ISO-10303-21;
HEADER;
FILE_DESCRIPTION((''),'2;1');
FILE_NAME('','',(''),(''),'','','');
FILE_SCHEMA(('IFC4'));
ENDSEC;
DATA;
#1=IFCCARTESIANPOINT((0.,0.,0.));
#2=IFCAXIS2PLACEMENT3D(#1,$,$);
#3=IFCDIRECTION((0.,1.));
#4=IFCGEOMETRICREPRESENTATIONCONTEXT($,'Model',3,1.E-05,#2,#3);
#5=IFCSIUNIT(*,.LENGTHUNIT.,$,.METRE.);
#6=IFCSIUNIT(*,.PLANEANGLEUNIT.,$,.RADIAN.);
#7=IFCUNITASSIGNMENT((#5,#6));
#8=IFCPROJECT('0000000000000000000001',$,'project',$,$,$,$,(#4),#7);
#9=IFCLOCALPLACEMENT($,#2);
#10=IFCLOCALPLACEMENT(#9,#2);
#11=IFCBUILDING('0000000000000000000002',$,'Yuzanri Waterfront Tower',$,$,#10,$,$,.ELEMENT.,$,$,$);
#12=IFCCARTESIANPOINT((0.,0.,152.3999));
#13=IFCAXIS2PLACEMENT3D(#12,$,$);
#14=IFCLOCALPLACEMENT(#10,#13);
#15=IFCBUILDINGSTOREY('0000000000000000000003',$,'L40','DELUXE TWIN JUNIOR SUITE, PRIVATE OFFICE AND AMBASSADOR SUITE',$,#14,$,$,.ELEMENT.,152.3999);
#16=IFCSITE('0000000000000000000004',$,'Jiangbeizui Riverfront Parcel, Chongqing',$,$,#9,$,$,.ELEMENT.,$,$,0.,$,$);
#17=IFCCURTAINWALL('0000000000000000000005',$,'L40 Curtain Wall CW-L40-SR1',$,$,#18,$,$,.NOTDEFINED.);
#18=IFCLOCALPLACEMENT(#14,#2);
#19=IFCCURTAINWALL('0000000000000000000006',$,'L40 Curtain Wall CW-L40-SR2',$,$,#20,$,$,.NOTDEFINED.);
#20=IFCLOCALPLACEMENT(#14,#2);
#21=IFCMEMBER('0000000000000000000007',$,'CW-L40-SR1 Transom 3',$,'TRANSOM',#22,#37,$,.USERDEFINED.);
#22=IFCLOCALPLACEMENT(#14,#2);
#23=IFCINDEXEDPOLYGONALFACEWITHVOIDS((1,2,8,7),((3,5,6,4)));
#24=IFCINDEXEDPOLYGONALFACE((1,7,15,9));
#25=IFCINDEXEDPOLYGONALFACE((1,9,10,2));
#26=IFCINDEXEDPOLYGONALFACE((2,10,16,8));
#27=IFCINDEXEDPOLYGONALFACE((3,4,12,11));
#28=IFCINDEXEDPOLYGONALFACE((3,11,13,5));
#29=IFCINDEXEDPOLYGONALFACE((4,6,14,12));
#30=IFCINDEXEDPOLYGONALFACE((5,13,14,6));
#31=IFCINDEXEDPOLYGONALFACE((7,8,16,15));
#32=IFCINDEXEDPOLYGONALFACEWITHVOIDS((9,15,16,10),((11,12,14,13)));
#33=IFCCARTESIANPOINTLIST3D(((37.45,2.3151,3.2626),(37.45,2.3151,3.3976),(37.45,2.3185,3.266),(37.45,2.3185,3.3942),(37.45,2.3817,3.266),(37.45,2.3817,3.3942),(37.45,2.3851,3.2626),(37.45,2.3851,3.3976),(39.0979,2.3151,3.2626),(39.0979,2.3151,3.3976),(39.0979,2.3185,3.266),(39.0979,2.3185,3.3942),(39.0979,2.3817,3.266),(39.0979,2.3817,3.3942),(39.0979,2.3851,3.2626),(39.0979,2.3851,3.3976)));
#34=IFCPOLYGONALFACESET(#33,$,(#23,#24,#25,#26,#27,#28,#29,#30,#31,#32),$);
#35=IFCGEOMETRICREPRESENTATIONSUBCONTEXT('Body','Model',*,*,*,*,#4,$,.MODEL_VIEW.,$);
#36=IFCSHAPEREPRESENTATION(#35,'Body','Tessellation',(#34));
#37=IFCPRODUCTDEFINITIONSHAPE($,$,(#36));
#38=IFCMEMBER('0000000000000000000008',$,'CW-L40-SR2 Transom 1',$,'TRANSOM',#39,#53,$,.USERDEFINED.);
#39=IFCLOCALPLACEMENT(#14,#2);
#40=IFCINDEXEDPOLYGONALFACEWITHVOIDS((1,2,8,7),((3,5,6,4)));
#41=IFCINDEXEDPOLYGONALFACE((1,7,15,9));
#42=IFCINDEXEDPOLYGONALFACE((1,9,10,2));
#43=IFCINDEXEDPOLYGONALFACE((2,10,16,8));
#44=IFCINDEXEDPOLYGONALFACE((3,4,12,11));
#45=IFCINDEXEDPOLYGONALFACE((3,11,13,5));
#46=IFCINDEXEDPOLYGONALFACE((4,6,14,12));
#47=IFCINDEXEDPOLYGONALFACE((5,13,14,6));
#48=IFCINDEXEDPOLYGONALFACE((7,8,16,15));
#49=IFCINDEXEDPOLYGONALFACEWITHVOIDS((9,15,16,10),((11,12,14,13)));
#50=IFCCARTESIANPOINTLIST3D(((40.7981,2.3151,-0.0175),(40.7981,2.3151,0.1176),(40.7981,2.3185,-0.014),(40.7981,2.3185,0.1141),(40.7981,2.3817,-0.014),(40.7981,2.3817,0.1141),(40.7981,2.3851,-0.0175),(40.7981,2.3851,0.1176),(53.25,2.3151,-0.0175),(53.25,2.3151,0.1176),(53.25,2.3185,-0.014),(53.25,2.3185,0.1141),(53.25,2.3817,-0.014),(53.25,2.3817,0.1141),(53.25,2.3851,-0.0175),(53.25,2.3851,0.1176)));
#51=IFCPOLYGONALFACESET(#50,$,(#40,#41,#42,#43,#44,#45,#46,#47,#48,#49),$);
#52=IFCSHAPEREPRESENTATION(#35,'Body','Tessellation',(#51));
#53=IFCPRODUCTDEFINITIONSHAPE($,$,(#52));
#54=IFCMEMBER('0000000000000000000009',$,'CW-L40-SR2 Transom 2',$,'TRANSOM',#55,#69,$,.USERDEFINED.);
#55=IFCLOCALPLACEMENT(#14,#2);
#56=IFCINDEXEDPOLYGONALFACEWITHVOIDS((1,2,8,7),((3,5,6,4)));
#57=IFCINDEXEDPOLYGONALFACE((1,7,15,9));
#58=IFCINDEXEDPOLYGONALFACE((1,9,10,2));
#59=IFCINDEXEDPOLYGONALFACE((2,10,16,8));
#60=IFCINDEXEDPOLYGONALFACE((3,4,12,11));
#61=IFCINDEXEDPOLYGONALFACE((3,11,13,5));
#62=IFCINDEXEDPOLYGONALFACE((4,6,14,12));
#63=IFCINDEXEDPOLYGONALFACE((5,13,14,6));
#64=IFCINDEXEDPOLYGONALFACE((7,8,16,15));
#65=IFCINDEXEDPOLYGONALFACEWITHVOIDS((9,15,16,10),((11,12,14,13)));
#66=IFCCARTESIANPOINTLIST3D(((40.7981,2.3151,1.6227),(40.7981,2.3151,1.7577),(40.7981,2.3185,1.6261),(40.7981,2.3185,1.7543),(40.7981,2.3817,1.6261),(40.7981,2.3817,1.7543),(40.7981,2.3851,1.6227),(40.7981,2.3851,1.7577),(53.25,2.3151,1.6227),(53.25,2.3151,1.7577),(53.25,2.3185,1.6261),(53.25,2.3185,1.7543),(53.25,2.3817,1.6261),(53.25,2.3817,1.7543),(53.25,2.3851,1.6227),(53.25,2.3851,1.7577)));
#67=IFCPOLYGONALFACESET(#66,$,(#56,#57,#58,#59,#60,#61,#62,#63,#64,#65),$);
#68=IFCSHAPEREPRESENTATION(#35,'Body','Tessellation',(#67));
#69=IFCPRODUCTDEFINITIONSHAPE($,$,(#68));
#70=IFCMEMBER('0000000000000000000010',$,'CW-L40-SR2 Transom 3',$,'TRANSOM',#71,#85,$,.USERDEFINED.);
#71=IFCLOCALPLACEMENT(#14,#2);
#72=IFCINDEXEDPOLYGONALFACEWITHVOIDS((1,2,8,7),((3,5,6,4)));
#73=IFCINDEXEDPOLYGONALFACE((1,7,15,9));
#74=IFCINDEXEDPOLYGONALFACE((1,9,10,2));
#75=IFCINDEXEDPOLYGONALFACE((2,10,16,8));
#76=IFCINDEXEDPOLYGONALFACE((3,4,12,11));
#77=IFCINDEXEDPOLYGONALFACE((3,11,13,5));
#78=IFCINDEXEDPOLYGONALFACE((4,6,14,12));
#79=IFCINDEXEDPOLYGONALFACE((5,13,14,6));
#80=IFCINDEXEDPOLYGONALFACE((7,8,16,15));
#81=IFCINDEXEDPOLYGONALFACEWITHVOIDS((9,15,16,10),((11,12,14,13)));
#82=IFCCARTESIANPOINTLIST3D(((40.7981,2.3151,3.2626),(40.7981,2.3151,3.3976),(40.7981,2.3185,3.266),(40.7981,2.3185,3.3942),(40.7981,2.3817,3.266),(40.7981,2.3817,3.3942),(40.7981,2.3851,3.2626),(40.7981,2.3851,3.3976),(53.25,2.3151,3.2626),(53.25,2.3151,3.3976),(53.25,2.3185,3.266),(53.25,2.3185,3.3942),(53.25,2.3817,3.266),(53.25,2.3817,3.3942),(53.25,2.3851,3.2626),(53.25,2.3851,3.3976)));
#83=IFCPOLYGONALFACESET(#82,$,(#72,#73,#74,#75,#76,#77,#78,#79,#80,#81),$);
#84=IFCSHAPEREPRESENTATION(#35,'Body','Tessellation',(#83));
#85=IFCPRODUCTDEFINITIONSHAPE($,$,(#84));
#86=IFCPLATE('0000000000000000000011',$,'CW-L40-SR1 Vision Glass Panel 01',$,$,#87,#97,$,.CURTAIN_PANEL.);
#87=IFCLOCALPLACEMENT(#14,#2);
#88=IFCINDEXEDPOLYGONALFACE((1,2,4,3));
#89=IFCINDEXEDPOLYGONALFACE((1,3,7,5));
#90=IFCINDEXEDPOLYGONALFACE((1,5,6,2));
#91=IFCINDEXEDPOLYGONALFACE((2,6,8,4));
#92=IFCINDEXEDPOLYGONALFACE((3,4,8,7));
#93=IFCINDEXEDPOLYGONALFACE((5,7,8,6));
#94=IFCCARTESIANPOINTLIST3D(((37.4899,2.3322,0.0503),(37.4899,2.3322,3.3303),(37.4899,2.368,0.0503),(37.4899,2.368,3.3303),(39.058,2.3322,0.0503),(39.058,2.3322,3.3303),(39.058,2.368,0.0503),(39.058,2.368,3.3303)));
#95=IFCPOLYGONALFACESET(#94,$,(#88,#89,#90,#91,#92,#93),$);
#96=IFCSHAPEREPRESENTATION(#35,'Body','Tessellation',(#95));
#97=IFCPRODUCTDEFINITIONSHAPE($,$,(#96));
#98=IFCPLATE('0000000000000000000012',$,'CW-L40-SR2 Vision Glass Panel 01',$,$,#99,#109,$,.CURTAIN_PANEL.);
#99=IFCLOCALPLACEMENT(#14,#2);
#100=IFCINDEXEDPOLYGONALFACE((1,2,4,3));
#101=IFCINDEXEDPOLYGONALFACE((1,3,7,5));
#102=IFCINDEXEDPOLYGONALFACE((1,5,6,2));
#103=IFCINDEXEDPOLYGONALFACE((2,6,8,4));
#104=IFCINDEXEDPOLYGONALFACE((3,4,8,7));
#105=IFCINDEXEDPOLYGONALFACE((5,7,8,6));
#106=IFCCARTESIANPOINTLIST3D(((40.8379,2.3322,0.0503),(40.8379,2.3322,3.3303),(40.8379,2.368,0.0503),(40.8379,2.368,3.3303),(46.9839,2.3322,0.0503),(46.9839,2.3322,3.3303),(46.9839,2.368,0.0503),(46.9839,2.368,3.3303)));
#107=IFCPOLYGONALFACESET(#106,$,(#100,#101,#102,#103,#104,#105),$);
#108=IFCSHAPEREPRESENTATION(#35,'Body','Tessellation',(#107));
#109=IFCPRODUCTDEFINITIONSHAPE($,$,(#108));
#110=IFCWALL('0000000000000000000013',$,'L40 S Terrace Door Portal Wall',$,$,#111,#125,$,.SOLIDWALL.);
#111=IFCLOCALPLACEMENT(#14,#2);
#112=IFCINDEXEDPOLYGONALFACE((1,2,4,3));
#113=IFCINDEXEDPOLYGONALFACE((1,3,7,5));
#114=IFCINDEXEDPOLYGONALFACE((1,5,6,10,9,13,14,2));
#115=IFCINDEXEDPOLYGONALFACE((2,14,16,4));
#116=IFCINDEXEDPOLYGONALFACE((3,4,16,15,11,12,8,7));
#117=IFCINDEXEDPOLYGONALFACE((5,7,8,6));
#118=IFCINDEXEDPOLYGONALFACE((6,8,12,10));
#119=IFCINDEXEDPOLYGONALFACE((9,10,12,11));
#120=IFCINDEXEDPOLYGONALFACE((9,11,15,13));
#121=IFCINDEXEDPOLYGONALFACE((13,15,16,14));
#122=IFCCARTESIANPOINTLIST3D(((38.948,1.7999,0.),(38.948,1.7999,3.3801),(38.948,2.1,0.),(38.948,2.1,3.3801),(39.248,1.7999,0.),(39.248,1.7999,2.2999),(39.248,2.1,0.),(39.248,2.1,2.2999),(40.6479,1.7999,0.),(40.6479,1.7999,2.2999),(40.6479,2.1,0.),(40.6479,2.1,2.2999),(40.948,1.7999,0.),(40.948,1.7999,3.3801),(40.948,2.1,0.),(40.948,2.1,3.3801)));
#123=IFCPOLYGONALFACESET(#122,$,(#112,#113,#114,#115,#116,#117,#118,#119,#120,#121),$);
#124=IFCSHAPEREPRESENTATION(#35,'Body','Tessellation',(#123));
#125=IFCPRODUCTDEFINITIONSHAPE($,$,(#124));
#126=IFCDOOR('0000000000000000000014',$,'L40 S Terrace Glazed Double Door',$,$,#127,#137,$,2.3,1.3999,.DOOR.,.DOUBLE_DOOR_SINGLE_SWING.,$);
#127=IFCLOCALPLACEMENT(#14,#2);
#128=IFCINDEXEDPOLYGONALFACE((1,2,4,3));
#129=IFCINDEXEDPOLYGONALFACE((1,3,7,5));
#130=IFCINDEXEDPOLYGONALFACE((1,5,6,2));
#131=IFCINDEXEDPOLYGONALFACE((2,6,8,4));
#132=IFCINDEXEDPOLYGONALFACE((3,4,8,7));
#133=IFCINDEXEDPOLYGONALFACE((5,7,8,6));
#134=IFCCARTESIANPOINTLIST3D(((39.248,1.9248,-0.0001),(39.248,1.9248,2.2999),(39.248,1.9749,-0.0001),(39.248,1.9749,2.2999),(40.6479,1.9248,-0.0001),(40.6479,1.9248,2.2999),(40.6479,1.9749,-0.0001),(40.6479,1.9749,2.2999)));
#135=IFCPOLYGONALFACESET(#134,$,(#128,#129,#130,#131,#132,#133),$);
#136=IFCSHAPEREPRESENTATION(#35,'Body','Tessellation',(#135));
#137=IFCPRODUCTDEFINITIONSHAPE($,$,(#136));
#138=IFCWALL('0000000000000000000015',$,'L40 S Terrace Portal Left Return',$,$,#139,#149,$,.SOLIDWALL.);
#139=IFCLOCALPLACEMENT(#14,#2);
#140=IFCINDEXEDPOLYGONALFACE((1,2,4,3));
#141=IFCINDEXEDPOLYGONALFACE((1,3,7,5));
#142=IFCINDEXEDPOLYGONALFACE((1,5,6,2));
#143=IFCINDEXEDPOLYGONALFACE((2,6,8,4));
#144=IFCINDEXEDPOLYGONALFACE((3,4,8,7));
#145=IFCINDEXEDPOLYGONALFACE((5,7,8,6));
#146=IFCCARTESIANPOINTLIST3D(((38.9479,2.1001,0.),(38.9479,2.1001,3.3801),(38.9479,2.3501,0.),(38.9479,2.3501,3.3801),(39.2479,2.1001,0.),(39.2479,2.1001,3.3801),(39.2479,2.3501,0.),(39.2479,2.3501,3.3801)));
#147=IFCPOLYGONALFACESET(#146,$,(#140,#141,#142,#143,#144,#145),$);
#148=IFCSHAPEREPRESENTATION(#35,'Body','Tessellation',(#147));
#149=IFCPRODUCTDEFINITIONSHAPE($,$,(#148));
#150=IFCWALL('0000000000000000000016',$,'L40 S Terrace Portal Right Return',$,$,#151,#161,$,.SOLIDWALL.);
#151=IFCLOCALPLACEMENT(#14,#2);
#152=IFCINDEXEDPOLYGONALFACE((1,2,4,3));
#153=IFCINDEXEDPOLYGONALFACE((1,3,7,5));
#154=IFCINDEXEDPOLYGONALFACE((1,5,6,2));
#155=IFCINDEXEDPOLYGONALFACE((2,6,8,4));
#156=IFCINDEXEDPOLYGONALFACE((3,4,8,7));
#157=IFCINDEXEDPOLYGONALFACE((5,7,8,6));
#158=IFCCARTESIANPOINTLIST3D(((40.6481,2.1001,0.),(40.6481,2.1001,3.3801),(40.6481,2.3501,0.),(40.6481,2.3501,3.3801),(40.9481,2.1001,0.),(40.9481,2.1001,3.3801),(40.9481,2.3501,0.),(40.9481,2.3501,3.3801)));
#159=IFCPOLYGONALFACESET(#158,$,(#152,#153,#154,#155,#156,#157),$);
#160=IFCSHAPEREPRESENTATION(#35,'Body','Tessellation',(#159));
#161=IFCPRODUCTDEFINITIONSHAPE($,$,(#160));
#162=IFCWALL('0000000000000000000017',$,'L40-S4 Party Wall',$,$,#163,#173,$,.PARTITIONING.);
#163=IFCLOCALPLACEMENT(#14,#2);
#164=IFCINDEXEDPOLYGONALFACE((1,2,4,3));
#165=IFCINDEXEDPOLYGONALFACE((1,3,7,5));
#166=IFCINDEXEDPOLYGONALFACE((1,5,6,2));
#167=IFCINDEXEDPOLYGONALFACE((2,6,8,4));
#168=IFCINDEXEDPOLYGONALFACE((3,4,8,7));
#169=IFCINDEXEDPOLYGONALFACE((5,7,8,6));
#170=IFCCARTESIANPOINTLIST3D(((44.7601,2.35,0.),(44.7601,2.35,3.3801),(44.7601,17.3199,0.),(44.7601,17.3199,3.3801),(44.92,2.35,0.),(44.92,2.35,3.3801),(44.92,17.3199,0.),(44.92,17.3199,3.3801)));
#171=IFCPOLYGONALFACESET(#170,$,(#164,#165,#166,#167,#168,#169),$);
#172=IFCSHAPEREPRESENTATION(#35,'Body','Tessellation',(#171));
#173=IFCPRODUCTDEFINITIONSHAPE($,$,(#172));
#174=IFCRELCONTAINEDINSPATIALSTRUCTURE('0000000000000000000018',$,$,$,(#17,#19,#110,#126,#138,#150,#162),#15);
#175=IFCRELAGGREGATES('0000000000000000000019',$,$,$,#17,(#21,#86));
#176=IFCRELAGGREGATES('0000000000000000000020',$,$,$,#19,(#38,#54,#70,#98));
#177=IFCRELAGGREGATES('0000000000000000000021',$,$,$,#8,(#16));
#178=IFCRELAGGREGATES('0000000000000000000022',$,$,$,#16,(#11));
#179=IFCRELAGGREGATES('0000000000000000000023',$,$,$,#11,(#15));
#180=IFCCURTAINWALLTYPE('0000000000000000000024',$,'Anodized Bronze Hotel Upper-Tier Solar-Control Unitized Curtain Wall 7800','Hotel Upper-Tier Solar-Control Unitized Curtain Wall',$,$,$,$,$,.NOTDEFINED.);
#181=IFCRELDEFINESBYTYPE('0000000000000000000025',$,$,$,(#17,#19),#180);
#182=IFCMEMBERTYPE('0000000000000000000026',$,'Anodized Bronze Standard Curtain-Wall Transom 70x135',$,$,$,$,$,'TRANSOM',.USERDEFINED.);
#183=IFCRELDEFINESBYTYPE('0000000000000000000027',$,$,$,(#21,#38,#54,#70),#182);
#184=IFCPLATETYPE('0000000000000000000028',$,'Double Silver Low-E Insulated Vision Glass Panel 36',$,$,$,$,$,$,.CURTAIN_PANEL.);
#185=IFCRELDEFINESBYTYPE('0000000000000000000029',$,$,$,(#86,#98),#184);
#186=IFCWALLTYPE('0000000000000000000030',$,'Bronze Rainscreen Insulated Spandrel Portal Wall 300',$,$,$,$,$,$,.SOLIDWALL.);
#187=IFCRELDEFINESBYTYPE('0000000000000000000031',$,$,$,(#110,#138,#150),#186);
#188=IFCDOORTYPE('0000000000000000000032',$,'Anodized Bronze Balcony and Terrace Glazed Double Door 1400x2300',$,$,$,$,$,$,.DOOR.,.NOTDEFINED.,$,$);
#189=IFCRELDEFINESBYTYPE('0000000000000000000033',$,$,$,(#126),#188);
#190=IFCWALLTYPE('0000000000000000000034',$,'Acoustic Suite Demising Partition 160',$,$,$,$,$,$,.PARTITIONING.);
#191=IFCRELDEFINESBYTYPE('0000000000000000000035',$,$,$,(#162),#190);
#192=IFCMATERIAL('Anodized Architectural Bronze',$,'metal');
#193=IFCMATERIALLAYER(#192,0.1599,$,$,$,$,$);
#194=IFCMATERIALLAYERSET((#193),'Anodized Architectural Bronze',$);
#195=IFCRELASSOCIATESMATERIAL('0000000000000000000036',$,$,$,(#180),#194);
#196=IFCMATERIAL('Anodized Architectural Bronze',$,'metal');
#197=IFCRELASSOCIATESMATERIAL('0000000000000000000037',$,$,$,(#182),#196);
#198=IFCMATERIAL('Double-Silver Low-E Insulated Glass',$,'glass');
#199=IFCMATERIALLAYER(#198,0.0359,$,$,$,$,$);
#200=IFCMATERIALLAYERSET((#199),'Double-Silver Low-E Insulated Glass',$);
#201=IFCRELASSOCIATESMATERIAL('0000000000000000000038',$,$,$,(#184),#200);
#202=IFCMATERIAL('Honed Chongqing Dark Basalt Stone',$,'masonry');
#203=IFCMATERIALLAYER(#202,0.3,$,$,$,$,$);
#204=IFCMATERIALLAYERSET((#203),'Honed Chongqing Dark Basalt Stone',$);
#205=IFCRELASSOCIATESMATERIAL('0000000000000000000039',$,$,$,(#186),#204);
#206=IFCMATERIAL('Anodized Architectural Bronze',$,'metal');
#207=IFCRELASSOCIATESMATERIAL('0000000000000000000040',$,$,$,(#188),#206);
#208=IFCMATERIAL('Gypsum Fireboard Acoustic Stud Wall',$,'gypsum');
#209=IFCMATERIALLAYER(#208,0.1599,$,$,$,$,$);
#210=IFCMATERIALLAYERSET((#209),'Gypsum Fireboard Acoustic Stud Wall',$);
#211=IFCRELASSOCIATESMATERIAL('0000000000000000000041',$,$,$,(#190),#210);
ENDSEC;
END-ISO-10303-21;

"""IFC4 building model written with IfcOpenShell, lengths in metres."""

from ifc_helpers import new_model, si_unit, direction, frame, frame_2d, origin, origin_2d, place, context, subcontext, project, spatial, rectangle, hollow_rectangle, extrude, source, transform, mapped, material, layer, layer_set, material_profile, profile_set, type_object, element, fill, aggregate, save


model = new_model("IFC4")

# Units and contexts
model_context = context("Model", 3, precision=1e-05, world=origin(), true_north=direction((0.0, 1.0)))
body_context = subcontext(model_context, "Body", "Model", "MODEL_VIEW")
ifc_project = project(units=[si_unit("LENGTHUNIT", "METRE"), si_unit("PLANEANGLEUNIT", "RADIAN")], contexts=[model_context])

# Site, building, storey
site_placement = place(None, origin())
site = spatial("IfcSite", under=ifc_project, at=site_placement, Name="Jiangbeizui Riverfront Parcel, Chongqing", CompositionType="ELEMENT", RefElevation=0.0)
building_placement = place(site_placement, origin())
building = spatial("IfcBuilding", under=site, at=building_placement, Name="Yuzanri Waterfront Tower", CompositionType="ELEMENT")
storey_placement = place(building_placement, frame((0.0, 0.0, 152.3999)))
storey = spatial("IfcBuildingStorey", under=building, at=storey_placement, Name="L40", Description="DELUXE TWIN JUNIOR SUITE, PRIVATE OFFICE AND AMBASSADOR SUITE", CompositionType="ELEMENT", Elevation=152.3999)

# Curtain walls
ifc_material_1 = material(Name="Anodized Architectural Bronze", Category="metal")
ifc_layer_1 = layer(ifc_material_1, 0.1599)
ifc_layer_set_1 = layer_set([ifc_layer_1], Name="Anodized Architectural Bronze")
curtain_wall_type = type_object("IfcCurtainWallType", Name="Anodized Bronze Hotel Upper-Tier Solar-Control Unitized Curtain Wall 7800", Description="Hotel Upper-Tier Solar-Control Unitized Curtain Wall", PredefinedType="NOTDEFINED", material=ifc_layer_set_1)
curtain_wall_1_placement = place(storey_placement, origin())
curtain_wall_1 = element("IfcCurtainWall", 1, at=curtain_wall_1_placement, inside=storey, type_object=curtain_wall_type, Name="L40 Curtain Wall CW-L40-SR1", PredefinedType="NOTDEFINED")
curtain_wall_2_placement = place(storey_placement, origin())
curtain_wall_2 = element("IfcCurtainWall", 2, at=curtain_wall_2_placement, inside=storey, type_object=curtain_wall_type, Name="L40 Curtain Wall CW-L40-SR2", PredefinedType="NOTDEFINED")

# Members
ifc_material_2 = material(Name="Anodized Architectural Bronze", Category="metal")
ifc_material_profile_1 = material_profile(ifc_material_2, hollow_rectangle(XDim=0.0701, YDim=0.135, WallThickness=0.0034, at=origin_2d()), Name="CWT 70x135")
ifc_profile_set_1 = profile_set([ifc_material_profile_1], Name="Anodized Architectural Bronze")
member_type_1 = type_object("IfcMemberType", Name="Anodized Bronze Standard Curtain-Wall Transom 70x135", ElementType="TRANSOM", PredefinedType="USERDEFINED", material=ifc_profile_set_1)
shared_shape_1 = source(origin(), body_context, "Body", "SweptSolid", [
    extrude(hollow_rectangle(XDim=0.0701, YDim=0.135, WallThickness=0.0034, at=origin_2d()), origin(), (0.0, 0.0, 1.0), 1.6479),
])
member_1_placement = place(storey_placement, frame((37.45, 2.3501, 3.3301), z_axis=(1.0, 0.0, 0.0), x_axis=(0.0, 1.0, 0.0)))
member_1 = element("IfcMember", 3, at=member_1_placement, type_object=member_type_1, Name="CW-L40-SR1 Transom 3", ObjectType="TRANSOM", PredefinedType="USERDEFINED", context=body_context, shape_type="MappedRepresentation", body=[
    mapped(shared_shape_1, transform((0.0, 0.0, 0.0), scale=1.0)),
])
shared_shape_2 = source(origin(), body_context, "Body", "SweptSolid", [
    extrude(hollow_rectangle(XDim=0.0701, YDim=0.135, WallThickness=0.0034, at=origin_2d()), origin(), (0.0, 0.0, 1.0), 12.4519),
])
member_2_placement = place(storey_placement, frame((40.7981, 2.3501, 0.05), z_axis=(1.0, 0.0, 0.0), x_axis=(0.0, 1.0, 0.0)))
member_2 = element("IfcMember", 4, at=member_2_placement, type_object=member_type_1, Name="CW-L40-SR2 Transom 1", ObjectType="TRANSOM", PredefinedType="USERDEFINED", context=body_context, shape_type="MappedRepresentation", body=[
    mapped(shared_shape_2, transform((0.0, 0.0, 0.0), scale=1.0)),
])
member_3_placement = place(storey_placement, frame((40.7981, 2.3501, 1.6902), z_axis=(1.0, 0.0, 0.0), x_axis=(0.0, 1.0, 0.0)))
member_3 = element("IfcMember", 5, at=member_3_placement, type_object=member_type_1, Name="CW-L40-SR2 Transom 2", ObjectType="TRANSOM", PredefinedType="USERDEFINED", context=body_context, shape_type="MappedRepresentation", body=[
    mapped(shared_shape_2, transform((0.0, 0.0, 0.0), scale=1.0)),
])
member_4_placement = place(storey_placement, frame((40.7981, 2.3501, 3.3301), z_axis=(1.0, 0.0, 0.0), x_axis=(0.0, 1.0, 0.0)))
member_4 = element("IfcMember", 6, at=member_4_placement, type_object=member_type_1, Name="CW-L40-SR2 Transom 3", ObjectType="TRANSOM", PredefinedType="USERDEFINED", context=body_context, shape_type="MappedRepresentation", body=[
    mapped(shared_shape_2, transform((0.0, 0.0, 0.0), scale=1.0)),
])

# Plates
ifc_material_3 = material(Name="Double-Silver Low-E Insulated Glass", Category="glass")
ifc_layer_2 = layer(ifc_material_3, 0.0359)
ifc_layer_set_2 = layer_set([ifc_layer_2], Name="Double-Silver Low-E Insulated Glass")
plate_type = type_object("IfcPlateType", Name="Double Silver Low-E Insulated Vision Glass Panel 36", PredefinedType="CURTAIN_PANEL", material=ifc_layer_set_2)
shared_shape_3 = source(origin(), body_context, "Body", "SweptSolid", [
    extrude(rectangle(XDim=1.5681, YDim=0.0359, at=origin_2d()), origin(), (0.0, 0.0, 1.0), 3.28),
])
plate_1_placement = place(storey_placement, frame((38.2739, 2.3501, 0.0503), z_axis=(0.0, 0.0, 1.0), x_axis=(1.0, 0.0, 0.0)))
plate_1 = element("IfcPlate", 7, at=plate_1_placement, type_object=plate_type, Name="CW-L40-SR1 Vision Glass Panel 01", PredefinedType="CURTAIN_PANEL", context=body_context, shape_type="MappedRepresentation", body=[
    mapped(shared_shape_3, transform((0.0, 0.0, 0.0), scale=1.0)),
])
aggregate(curtain_wall_1, [member_1, plate_1])
shared_shape_4 = source(origin(), body_context, "Body", "SweptSolid", [
    extrude(rectangle(XDim=6.146, YDim=0.0359, at=origin_2d()), origin(), (0.0, 0.0, 1.0), 3.28),
])
plate_2_placement = place(storey_placement, frame((43.9109, 2.3501, 0.0503), z_axis=(0.0, 0.0, 1.0), x_axis=(1.0, 0.0, 0.0)))
plate_2 = element("IfcPlate", 8, at=plate_2_placement, type_object=plate_type, Name="CW-L40-SR2 Vision Glass Panel 01", PredefinedType="CURTAIN_PANEL", context=body_context, shape_type="MappedRepresentation", body=[
    mapped(shared_shape_4, transform((0.0, 0.0, 0.0), scale=1.0)),
])
aggregate(curtain_wall_2, [member_2, member_3, member_4, plate_2])

# Wall, opening, door
ifc_material_4 = material(Name="Honed Chongqing Dark Basalt Stone", Category="masonry")
ifc_layer_3 = layer(ifc_material_4, 0.3)
ifc_layer_set_3 = layer_set([ifc_layer_3], Name="Honed Chongqing Dark Basalt Stone")
wall_type_1 = type_object("IfcWallType", Name="Bronze Rainscreen Insulated Spandrel Portal Wall 300", PredefinedType="SOLIDWALL", material=ifc_layer_set_3)
wall_1_placement = place(storey_placement, frame((38.948, 1.95, 0.0), z_axis=(0.0, 0.0, 1.0), x_axis=(1.0, 0.0, 0.0)))
wall_1 = element("IfcWall", 9, at=wall_1_placement, inside=storey, type_object=wall_type_1, Name="L40 S Terrace Door Portal Wall", PredefinedType="SOLIDWALL", context=body_context, shape_type="SweptSolid", body=[
    extrude(rectangle(XDim=2.0, YDim=0.3, at=frame_2d((1.0, 0.0))), origin(), (0.0, 0.0, 1.0), 3.3801),
])
opening_placement = place(wall_1_placement, frame((0.3, 0.0, 0.0)))
opening = element("IfcOpeningElement", 10, at=opening_placement, cuts=wall_1, PredefinedType="OPENING", context=body_context, shape_type="SweptSolid", body=[
    extrude(rectangle(XDim=1.3999, YDim=2.3, at=frame_2d((0.7, 1.1499))), frame((0.0, 0.165, 0.0), z_axis=(0.0, -1.0, 0.0), x_axis=(1.0, 0.0, 0.0)), (0.0, 0.0, 1.0), 0.3298),
])
ifc_material_5 = material(Name="Anodized Architectural Bronze", Category="metal")
door_type = type_object("IfcDoorType", Name="Anodized Bronze Balcony and Terrace Glazed Double Door 1400x2300", OperationType="NOTDEFINED", PredefinedType="DOOR", material=ifc_material_5)
shared_shape_5 = source(origin(), body_context, "Body", "SweptSolid", [
    extrude(rectangle(XDim=1.3999, YDim=2.3, at=frame_2d((0.7, 1.1499))), frame((0.0, 0.0249, 0.0), z_axis=(0.0, -1.0, 0.0), x_axis=(1.0, 0.0, 0.0)), (0.0, 0.0, 1.0), 0.05),
])
door_placement = place(opening_placement, origin())
door = element("IfcDoor", 11, at=door_placement, inside=storey, type_object=door_type, Name="L40 S Terrace Glazed Double Door", OperationType="DOUBLE_DOOR_SINGLE_SWING", OverallHeight=2.3, OverallWidth=1.3999, PredefinedType="DOOR", context=body_context, shape_type="MappedRepresentation", body=[
    mapped(shared_shape_5, transform((0.0, 0.0, 0.0), scale=1.0)),
])
fill(opening, door)

# Walls
shared_shape_6 = source(origin(), body_context, "Body", "SweptSolid", [
    extrude(rectangle(XDim=0.25, YDim=0.3, at=frame_2d((0.125, 0.0))), origin(), (0.0, 0.0, 1.0), 3.3801),
])
for number, where, z_axis, x_axis, name in (
    (12, (39.0979, 2.3501, 0.0), (0.0, 0.0, 1.0), (0.0, -1.0, 0.0), "L40 S Terrace Portal Left Return"),
    (13, (40.7981, 2.1001, 0.0), (0.0, 0.0, 1.0), (0.0, 1.0, 0.0), "L40 S Terrace Portal Right Return"),
):
    element("IfcWall", number, at=place(storey_placement, frame(where, z_axis=z_axis, x_axis=x_axis)), inside=storey, type_object=wall_type_1, Name=name, PredefinedType="SOLIDWALL", context=body_context, shape_type="MappedRepresentation", body=[
        mapped(shared_shape_6, transform((0.0, 0.0, 0.0), scale=1.0)),
    ])
ifc_material_6 = material(Name="Gypsum Fireboard Acoustic Stud Wall", Category="gypsum")
ifc_layer_4 = layer(ifc_material_6, 0.1599)
ifc_layer_set_4 = layer_set([ifc_layer_4], Name="Gypsum Fireboard Acoustic Stud Wall")
wall_type_2 = type_object("IfcWallType", Name="Acoustic Suite Demising Partition 160", PredefinedType="PARTITIONING", material=ifc_layer_set_4)
shared_shape_7 = source(origin(), body_context, "Body", "SweptSolid", [
    extrude(rectangle(XDim=14.97, YDim=0.1599, at=frame_2d((7.4849, 0.0))), origin(), (0.0, 0.0, 1.0), 3.3801),
])
wall_2_placement = place(storey_placement, frame((44.8401, 2.3501, 0.0), z_axis=(0.0, 0.0, 1.0), x_axis=(0.0, 1.0, 0.0)))
element("IfcWall", 14, at=wall_2_placement, inside=storey, type_object=wall_type_2, Name="L40-S4 Party Wall", PredefinedType="PARTITIONING", context=body_context, shape_type="MappedRepresentation", body=[
    mapped(shared_shape_7, transform((0.0, 0.0, 0.0), scale=1.0)),
])

save(model, "model.ifc")
